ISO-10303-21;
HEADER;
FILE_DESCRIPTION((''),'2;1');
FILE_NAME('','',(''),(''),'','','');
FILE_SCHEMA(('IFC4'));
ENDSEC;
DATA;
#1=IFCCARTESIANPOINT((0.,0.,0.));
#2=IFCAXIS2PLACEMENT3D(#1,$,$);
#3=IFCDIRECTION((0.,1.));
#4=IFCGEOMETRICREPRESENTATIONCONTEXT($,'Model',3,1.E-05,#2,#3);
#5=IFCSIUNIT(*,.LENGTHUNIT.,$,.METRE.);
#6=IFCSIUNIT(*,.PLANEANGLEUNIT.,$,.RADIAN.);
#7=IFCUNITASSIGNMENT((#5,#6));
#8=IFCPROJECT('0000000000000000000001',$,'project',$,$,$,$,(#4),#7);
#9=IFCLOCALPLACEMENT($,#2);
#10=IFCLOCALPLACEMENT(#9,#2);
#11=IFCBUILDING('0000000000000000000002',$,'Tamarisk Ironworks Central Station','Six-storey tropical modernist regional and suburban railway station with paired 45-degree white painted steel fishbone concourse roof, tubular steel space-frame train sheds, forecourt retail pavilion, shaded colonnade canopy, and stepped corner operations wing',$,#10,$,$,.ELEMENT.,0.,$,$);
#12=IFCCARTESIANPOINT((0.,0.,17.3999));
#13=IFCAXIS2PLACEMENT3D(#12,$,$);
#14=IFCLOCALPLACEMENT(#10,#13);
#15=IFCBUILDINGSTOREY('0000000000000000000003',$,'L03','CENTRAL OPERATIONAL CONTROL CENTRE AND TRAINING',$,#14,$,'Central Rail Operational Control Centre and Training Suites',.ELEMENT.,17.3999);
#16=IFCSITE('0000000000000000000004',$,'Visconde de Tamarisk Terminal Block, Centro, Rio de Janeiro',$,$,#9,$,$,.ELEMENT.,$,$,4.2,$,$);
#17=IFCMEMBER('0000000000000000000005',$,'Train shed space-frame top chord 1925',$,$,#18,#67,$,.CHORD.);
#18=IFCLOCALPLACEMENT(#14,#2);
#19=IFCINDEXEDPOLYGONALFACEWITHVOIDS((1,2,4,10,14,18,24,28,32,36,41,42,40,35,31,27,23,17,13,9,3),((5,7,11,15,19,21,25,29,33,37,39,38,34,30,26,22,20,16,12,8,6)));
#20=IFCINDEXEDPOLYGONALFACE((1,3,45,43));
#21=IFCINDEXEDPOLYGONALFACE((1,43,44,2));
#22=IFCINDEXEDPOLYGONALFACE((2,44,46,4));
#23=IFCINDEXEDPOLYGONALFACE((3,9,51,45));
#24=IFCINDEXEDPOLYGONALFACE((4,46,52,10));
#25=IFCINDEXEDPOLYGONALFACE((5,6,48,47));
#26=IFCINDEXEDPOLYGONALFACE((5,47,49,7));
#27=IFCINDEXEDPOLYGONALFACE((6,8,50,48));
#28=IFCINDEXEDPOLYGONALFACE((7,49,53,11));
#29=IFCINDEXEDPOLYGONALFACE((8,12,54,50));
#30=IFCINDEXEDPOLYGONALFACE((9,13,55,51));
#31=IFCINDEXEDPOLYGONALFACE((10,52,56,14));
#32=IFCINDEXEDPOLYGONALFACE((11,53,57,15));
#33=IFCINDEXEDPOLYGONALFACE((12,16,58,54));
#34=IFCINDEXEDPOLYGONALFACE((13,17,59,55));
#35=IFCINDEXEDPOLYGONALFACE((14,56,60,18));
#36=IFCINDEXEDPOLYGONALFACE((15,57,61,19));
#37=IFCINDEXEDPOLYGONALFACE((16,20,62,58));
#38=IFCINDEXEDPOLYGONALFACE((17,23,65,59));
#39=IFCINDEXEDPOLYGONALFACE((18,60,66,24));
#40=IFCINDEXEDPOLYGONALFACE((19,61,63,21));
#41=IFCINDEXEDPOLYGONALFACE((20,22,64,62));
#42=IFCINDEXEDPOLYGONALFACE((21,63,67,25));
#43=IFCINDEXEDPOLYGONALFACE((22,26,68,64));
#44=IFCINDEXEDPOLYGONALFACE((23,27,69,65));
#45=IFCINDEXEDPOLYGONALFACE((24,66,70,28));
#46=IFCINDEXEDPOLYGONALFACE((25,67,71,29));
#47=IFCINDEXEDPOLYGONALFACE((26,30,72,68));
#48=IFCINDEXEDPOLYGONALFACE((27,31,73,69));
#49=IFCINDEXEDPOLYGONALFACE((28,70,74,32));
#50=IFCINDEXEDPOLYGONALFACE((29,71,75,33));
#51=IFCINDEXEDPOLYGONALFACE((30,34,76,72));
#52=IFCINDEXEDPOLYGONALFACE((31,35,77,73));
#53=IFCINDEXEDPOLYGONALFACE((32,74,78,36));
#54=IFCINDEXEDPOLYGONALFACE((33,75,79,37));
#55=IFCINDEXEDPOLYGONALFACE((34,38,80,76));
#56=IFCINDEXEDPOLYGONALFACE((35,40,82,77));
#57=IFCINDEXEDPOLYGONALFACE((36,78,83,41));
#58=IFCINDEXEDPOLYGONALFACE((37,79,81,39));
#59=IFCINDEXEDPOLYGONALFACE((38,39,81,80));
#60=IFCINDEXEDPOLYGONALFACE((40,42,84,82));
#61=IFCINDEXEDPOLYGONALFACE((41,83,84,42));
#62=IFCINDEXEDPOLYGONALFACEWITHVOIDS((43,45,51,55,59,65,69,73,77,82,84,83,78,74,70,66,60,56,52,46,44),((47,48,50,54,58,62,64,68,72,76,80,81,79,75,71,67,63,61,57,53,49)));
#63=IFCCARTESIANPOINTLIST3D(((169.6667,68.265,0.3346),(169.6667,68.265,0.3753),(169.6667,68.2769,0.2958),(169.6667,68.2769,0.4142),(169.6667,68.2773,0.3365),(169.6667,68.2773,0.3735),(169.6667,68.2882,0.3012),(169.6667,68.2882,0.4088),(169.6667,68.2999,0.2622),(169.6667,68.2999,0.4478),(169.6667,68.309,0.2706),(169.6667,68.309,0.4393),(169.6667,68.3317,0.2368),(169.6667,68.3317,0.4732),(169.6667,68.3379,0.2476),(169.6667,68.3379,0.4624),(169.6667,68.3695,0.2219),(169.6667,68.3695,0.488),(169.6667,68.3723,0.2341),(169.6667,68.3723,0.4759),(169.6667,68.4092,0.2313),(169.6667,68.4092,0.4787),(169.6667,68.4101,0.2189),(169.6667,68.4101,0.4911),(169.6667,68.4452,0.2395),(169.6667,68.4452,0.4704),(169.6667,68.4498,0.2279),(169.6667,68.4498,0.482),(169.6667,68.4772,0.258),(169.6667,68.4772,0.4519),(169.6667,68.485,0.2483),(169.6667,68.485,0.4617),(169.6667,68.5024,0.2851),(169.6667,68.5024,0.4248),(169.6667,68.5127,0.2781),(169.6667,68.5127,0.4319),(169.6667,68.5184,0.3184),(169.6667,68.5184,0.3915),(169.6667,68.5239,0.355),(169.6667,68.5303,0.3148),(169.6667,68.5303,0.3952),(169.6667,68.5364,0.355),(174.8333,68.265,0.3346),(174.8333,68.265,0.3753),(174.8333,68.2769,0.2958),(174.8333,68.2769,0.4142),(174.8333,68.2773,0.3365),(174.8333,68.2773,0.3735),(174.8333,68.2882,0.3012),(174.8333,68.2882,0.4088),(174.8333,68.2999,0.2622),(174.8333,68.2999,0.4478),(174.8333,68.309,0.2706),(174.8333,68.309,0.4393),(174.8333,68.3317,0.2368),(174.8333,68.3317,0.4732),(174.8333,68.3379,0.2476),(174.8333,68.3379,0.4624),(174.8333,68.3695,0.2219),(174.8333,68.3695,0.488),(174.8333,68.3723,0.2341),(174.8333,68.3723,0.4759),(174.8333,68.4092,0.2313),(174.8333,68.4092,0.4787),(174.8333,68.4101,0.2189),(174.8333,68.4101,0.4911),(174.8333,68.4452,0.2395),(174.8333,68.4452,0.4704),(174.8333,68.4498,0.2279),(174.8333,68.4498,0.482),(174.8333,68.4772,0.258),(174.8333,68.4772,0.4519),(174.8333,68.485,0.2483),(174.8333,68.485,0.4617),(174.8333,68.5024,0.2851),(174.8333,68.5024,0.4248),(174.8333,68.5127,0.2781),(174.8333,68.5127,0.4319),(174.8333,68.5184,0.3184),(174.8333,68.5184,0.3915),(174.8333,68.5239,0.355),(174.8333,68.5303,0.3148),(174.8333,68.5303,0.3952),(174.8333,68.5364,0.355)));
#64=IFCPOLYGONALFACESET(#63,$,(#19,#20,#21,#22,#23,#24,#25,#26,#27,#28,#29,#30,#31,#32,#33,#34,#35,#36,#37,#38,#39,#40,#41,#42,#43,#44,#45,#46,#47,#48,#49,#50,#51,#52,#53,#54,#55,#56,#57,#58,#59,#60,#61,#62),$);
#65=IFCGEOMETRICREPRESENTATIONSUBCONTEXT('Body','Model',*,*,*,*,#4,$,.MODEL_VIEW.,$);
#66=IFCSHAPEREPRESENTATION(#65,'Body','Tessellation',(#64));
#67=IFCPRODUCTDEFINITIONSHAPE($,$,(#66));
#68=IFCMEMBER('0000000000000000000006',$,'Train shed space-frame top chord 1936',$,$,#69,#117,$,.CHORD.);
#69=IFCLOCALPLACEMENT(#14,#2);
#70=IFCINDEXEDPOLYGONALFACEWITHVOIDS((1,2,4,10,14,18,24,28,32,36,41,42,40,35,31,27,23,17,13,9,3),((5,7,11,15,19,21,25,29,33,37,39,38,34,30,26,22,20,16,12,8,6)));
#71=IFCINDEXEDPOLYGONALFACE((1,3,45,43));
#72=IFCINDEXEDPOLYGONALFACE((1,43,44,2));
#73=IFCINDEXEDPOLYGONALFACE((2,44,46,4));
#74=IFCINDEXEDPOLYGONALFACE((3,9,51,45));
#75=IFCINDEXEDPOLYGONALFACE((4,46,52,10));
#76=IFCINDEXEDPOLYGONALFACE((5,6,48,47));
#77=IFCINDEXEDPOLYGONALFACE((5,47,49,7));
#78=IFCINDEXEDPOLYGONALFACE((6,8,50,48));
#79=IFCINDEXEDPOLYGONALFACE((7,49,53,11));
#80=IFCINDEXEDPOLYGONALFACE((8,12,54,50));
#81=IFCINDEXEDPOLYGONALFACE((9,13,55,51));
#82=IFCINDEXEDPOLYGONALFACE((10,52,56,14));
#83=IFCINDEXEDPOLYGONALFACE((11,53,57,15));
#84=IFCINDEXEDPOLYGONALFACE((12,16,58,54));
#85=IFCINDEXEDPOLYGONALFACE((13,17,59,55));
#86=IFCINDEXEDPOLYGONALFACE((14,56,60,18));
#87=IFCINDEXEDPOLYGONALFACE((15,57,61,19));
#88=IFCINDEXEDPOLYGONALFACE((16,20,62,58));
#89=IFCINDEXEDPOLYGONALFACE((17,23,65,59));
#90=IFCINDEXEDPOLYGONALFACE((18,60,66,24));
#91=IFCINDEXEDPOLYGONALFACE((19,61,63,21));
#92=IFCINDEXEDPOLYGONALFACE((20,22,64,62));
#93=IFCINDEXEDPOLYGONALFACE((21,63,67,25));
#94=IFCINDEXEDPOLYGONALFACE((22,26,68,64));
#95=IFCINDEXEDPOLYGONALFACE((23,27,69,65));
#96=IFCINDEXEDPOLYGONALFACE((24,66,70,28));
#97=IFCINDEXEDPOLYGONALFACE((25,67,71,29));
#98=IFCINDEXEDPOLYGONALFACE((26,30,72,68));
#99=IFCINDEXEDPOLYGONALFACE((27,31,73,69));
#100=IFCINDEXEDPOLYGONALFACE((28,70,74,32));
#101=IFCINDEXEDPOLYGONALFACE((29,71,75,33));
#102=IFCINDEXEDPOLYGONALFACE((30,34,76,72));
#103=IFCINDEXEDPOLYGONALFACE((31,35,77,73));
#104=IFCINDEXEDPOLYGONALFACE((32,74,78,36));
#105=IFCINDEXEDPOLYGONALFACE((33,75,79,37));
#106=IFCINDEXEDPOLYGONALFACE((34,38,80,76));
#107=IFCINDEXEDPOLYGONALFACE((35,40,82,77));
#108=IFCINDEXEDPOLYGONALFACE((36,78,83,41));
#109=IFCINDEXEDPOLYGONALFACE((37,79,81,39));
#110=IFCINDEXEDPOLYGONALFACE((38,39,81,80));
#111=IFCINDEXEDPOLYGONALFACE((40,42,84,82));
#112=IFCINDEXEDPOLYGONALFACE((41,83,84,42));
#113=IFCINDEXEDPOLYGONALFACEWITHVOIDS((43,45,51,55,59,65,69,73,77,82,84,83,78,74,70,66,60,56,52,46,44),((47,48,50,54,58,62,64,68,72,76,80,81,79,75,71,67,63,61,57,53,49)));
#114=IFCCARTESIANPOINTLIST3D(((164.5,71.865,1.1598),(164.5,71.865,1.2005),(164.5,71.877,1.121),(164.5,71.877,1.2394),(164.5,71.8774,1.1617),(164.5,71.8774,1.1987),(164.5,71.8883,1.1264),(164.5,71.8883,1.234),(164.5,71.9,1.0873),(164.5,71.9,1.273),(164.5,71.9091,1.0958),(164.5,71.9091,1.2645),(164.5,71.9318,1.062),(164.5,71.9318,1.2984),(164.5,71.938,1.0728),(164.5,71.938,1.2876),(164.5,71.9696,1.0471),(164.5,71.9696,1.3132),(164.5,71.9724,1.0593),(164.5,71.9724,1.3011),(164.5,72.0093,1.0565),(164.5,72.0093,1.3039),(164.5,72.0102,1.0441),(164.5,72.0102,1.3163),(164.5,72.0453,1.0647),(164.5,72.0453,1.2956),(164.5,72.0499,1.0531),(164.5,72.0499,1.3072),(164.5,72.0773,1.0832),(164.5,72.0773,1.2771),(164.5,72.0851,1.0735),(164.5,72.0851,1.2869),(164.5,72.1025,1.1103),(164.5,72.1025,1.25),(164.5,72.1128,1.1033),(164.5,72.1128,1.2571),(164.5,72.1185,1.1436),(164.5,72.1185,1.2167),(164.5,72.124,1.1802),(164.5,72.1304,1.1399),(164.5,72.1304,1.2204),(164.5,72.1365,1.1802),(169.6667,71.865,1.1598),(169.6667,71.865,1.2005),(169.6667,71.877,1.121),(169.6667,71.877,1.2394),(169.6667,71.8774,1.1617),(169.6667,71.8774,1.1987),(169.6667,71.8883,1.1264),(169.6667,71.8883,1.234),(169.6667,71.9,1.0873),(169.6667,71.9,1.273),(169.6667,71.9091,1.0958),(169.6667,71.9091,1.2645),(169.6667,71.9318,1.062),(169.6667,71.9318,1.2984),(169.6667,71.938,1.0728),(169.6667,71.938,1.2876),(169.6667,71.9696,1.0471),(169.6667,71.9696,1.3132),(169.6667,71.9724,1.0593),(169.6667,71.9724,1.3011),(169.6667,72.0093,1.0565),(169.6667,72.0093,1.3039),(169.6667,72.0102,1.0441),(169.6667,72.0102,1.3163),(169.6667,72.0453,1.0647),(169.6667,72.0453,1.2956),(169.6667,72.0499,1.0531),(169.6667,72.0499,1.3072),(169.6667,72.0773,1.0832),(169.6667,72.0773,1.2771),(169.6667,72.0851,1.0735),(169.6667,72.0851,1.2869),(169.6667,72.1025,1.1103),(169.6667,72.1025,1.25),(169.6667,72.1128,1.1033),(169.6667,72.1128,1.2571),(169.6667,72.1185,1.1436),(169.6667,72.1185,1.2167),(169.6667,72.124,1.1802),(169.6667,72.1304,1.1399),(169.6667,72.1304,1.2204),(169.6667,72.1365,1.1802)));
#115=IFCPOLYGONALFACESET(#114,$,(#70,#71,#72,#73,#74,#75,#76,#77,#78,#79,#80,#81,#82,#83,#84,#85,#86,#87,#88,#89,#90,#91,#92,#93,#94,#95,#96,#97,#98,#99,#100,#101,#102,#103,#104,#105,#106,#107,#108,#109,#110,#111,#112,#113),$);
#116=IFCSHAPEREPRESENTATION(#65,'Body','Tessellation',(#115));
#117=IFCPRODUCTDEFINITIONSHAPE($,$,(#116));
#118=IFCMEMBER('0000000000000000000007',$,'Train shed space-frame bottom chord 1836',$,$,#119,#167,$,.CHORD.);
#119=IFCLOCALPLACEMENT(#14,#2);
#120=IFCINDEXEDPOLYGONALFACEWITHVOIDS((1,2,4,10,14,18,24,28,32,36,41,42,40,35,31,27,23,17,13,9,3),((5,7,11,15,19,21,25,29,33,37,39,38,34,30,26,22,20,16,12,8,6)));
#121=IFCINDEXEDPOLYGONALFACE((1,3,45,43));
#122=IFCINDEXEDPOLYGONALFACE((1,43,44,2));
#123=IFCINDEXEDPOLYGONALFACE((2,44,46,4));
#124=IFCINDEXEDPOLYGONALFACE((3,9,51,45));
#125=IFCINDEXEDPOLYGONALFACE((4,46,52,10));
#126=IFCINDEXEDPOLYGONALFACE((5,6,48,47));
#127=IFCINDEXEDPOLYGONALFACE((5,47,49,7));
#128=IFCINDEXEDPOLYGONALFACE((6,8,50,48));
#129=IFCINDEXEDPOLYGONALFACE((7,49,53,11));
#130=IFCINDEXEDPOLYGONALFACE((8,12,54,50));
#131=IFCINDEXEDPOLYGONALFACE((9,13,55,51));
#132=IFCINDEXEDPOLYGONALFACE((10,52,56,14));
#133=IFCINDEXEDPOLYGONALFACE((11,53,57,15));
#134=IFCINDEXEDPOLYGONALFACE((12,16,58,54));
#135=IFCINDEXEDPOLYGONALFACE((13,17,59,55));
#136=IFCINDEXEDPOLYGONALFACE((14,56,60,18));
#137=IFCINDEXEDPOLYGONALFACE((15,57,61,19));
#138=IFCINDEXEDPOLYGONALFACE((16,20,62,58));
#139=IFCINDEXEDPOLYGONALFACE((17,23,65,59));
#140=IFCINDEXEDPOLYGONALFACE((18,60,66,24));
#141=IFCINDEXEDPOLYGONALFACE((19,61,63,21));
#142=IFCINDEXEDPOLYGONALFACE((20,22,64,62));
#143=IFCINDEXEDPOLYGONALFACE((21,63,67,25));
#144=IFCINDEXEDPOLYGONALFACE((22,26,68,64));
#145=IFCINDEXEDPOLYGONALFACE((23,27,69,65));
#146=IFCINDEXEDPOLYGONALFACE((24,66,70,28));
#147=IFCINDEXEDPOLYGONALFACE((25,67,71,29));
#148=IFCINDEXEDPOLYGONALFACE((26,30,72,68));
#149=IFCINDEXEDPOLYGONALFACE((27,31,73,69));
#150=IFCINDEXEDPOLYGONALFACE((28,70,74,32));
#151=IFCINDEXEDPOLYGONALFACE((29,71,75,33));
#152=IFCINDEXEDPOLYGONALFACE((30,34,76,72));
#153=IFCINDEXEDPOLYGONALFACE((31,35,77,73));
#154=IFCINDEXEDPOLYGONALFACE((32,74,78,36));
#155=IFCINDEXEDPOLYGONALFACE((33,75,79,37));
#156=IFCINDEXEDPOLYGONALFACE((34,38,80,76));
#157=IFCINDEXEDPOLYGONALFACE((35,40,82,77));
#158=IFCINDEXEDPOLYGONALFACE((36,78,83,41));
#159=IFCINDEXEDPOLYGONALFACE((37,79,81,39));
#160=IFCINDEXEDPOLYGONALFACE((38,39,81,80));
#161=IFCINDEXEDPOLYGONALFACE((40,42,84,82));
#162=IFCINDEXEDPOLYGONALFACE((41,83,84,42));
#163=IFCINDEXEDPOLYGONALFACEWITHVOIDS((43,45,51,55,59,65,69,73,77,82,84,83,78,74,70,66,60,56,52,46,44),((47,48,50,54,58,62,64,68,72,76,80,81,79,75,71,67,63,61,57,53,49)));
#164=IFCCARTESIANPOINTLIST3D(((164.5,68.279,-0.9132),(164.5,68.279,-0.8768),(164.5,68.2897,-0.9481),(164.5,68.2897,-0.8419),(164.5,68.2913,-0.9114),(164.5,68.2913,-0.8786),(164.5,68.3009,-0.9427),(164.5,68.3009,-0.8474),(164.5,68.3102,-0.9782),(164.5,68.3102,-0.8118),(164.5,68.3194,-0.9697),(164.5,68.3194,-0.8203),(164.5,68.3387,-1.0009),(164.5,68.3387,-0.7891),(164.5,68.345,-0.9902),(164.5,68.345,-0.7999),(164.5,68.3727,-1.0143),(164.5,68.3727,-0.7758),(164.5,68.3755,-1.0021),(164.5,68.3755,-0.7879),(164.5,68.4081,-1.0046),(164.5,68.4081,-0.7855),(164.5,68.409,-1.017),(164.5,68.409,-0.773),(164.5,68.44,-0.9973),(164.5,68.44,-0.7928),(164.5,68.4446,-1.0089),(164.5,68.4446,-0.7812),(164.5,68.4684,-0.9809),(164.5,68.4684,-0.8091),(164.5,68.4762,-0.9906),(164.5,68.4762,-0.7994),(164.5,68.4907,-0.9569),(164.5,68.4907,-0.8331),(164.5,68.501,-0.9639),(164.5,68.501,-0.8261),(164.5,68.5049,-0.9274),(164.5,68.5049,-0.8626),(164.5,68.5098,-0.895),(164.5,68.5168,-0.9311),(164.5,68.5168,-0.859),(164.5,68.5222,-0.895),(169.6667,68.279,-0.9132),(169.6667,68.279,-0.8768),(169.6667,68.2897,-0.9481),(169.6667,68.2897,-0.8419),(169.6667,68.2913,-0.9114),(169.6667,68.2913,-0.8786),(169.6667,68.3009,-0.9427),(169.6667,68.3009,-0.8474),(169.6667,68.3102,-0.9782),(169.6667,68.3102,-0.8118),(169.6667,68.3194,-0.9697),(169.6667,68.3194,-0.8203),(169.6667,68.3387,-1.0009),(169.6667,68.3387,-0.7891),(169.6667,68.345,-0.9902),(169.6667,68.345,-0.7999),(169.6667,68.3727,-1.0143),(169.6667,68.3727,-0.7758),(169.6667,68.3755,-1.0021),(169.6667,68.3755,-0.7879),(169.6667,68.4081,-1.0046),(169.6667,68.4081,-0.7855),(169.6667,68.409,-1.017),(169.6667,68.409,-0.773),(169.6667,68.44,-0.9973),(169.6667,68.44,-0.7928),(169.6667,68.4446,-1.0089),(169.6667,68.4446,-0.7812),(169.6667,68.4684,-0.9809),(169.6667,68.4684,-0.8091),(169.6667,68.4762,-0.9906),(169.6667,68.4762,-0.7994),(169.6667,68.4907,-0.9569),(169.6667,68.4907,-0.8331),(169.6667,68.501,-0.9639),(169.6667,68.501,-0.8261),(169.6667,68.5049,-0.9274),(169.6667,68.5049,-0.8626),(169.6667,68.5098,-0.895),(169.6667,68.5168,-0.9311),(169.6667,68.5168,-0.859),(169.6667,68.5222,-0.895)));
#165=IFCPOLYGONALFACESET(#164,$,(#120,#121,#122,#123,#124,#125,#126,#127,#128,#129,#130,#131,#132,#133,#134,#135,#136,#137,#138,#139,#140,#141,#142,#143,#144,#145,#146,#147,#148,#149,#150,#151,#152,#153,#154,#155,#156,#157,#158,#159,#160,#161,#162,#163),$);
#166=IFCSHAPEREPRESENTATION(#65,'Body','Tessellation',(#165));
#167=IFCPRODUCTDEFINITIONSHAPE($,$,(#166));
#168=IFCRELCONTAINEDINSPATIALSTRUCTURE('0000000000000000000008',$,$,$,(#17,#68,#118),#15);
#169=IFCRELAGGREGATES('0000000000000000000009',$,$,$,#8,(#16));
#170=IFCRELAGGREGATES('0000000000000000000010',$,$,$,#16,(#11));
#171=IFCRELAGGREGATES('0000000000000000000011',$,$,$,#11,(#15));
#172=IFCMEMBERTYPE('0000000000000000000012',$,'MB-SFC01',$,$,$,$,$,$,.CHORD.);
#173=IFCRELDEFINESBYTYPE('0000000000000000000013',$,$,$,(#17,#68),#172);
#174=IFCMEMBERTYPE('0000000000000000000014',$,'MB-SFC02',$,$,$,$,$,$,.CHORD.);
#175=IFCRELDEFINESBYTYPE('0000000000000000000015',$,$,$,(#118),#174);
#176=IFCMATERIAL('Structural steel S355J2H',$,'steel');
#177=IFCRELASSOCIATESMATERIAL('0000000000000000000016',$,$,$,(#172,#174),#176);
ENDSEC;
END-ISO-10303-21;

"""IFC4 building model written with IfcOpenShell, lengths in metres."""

from ifc_helpers import new_model, si_unit, direction, frame, origin, origin_2d, place, context, subcontext, project, spatial, hollow_circle, extrude, material, material_profile, profile_set, type_object, element, save


model = new_model("IFC4")

# Units and contexts
model_context = context("Model", 3, precision=1e-05, world=origin(), true_north=direction((0.0, 1.0)))
body_context = subcontext(model_context, "Body", "Model", "MODEL_VIEW")
ifc_project = project(units=[si_unit("LENGTHUNIT", "METRE"), si_unit("PLANEANGLEUNIT", "RADIAN")], contexts=[model_context])

# Site, building, storey
site_placement = place(None, origin())
site = spatial("IfcSite", under=ifc_project, at=site_placement, Name="Visconde de Tamarisk Terminal Block, Centro, Rio de Janeiro", CompositionType="ELEMENT", RefElevation=4.2)
building_placement = place(site_placement, origin())
building = spatial("IfcBuilding", under=site, at=building_placement, Name="Tamarisk Ironworks Central Station", Description="Six-storey tropical modernist regional and suburban railway station with paired 45-degree white painted steel fishbone concourse roof, tubular steel space-frame train sheds, forecourt retail pavilion, shaded colonnade canopy, and stepped corner operations wing", CompositionType="ELEMENT", ElevationOfRefHeight=0.0)
storey_placement = place(building_placement, frame((0.0, 0.0, 17.3999)))
storey = spatial("IfcBuildingStorey", under=building, at=storey_placement, Name="L03", Description="CENTRAL OPERATIONAL CONTROL CENTRE AND TRAINING", LongName="Central Rail Operational Control Centre and Training Suites", CompositionType="ELEMENT", Elevation=17.3999)

# Members
ifc_material_1 = material(Name="Structural steel S355J2H", Category="steel")
ifc_material_profile_1 = material_profile(ifc_material_1, hollow_circle(Radius=0.1365, WallThickness=0.0125, at=origin_2d()), Name="CHS 273x12.5")
ifc_profile_set_1 = profile_set([ifc_material_profile_1], Name="Structural steel S355J2H")
member_type_1 = type_object("IfcMemberType", Name="MB-SFC01", PredefinedType="CHORD", material=ifc_profile_set_1)
member_1_placement = place(storey_placement, frame((169.6667, 68.3999, 0.355), z_axis=(1.0, 0.0, 0.0), x_axis=(0.0, 1.0, 0.0)))
element("IfcMember", 1, at=member_1_placement, inside=storey, type_object=member_type_1, Name="Train shed space-frame top chord 1925", PredefinedType="CHORD", context=body_context, shape_type="SweptSolid", body=[
    extrude(hollow_circle(Radius=0.1365, WallThickness=0.0125, at=origin_2d()), origin(), (0.0, 0.0, 1.0), 5.1665),
])
member_2_placement = place(storey_placement, frame((164.5, 72.0, 1.1802), z_axis=(1.0, 0.0, 0.0), x_axis=(0.0, 1.0, 0.0)))
element("IfcMember", 2, at=member_2_placement, inside=storey, type_object=member_type_1, Name="Train shed space-frame top chord 1936", PredefinedType="CHORD", context=body_context, shape_type="SweptSolid", body=[
    extrude(hollow_circle(Radius=0.1365, WallThickness=0.0125, at=origin_2d()), origin(), (0.0, 0.0, 1.0), 5.1667),
])
ifc_material_profile_2 = material_profile(ifc_material_1, hollow_circle(Radius=0.1223, WallThickness=0.0125, at=origin_2d()), Name="CHS 244.5x12.5")
ifc_profile_set_2 = profile_set([ifc_material_profile_2], Name="Structural steel S355J2H")
member_type_2 = type_object("IfcMemberType", Name="MB-SFC02", PredefinedType="CHORD", material=ifc_profile_set_2)
member_3_placement = place(storey_placement, frame((164.5, 68.3999, -0.895), z_axis=(1.0, 0.0, 0.0), x_axis=(0.0, 1.0, 0.0)))
element("IfcMember", 3, at=member_3_placement, inside=storey, type_object=member_type_2, Name="Train shed space-frame bottom chord 1836", PredefinedType="CHORD", context=body_context, shape_type="SweptSolid", body=[
    extrude(hollow_circle(Radius=0.1223, WallThickness=0.0125, at=origin_2d()), origin(), (0.0, 0.0, 1.0), 5.1667),
])

save(model, "model.ifc")
